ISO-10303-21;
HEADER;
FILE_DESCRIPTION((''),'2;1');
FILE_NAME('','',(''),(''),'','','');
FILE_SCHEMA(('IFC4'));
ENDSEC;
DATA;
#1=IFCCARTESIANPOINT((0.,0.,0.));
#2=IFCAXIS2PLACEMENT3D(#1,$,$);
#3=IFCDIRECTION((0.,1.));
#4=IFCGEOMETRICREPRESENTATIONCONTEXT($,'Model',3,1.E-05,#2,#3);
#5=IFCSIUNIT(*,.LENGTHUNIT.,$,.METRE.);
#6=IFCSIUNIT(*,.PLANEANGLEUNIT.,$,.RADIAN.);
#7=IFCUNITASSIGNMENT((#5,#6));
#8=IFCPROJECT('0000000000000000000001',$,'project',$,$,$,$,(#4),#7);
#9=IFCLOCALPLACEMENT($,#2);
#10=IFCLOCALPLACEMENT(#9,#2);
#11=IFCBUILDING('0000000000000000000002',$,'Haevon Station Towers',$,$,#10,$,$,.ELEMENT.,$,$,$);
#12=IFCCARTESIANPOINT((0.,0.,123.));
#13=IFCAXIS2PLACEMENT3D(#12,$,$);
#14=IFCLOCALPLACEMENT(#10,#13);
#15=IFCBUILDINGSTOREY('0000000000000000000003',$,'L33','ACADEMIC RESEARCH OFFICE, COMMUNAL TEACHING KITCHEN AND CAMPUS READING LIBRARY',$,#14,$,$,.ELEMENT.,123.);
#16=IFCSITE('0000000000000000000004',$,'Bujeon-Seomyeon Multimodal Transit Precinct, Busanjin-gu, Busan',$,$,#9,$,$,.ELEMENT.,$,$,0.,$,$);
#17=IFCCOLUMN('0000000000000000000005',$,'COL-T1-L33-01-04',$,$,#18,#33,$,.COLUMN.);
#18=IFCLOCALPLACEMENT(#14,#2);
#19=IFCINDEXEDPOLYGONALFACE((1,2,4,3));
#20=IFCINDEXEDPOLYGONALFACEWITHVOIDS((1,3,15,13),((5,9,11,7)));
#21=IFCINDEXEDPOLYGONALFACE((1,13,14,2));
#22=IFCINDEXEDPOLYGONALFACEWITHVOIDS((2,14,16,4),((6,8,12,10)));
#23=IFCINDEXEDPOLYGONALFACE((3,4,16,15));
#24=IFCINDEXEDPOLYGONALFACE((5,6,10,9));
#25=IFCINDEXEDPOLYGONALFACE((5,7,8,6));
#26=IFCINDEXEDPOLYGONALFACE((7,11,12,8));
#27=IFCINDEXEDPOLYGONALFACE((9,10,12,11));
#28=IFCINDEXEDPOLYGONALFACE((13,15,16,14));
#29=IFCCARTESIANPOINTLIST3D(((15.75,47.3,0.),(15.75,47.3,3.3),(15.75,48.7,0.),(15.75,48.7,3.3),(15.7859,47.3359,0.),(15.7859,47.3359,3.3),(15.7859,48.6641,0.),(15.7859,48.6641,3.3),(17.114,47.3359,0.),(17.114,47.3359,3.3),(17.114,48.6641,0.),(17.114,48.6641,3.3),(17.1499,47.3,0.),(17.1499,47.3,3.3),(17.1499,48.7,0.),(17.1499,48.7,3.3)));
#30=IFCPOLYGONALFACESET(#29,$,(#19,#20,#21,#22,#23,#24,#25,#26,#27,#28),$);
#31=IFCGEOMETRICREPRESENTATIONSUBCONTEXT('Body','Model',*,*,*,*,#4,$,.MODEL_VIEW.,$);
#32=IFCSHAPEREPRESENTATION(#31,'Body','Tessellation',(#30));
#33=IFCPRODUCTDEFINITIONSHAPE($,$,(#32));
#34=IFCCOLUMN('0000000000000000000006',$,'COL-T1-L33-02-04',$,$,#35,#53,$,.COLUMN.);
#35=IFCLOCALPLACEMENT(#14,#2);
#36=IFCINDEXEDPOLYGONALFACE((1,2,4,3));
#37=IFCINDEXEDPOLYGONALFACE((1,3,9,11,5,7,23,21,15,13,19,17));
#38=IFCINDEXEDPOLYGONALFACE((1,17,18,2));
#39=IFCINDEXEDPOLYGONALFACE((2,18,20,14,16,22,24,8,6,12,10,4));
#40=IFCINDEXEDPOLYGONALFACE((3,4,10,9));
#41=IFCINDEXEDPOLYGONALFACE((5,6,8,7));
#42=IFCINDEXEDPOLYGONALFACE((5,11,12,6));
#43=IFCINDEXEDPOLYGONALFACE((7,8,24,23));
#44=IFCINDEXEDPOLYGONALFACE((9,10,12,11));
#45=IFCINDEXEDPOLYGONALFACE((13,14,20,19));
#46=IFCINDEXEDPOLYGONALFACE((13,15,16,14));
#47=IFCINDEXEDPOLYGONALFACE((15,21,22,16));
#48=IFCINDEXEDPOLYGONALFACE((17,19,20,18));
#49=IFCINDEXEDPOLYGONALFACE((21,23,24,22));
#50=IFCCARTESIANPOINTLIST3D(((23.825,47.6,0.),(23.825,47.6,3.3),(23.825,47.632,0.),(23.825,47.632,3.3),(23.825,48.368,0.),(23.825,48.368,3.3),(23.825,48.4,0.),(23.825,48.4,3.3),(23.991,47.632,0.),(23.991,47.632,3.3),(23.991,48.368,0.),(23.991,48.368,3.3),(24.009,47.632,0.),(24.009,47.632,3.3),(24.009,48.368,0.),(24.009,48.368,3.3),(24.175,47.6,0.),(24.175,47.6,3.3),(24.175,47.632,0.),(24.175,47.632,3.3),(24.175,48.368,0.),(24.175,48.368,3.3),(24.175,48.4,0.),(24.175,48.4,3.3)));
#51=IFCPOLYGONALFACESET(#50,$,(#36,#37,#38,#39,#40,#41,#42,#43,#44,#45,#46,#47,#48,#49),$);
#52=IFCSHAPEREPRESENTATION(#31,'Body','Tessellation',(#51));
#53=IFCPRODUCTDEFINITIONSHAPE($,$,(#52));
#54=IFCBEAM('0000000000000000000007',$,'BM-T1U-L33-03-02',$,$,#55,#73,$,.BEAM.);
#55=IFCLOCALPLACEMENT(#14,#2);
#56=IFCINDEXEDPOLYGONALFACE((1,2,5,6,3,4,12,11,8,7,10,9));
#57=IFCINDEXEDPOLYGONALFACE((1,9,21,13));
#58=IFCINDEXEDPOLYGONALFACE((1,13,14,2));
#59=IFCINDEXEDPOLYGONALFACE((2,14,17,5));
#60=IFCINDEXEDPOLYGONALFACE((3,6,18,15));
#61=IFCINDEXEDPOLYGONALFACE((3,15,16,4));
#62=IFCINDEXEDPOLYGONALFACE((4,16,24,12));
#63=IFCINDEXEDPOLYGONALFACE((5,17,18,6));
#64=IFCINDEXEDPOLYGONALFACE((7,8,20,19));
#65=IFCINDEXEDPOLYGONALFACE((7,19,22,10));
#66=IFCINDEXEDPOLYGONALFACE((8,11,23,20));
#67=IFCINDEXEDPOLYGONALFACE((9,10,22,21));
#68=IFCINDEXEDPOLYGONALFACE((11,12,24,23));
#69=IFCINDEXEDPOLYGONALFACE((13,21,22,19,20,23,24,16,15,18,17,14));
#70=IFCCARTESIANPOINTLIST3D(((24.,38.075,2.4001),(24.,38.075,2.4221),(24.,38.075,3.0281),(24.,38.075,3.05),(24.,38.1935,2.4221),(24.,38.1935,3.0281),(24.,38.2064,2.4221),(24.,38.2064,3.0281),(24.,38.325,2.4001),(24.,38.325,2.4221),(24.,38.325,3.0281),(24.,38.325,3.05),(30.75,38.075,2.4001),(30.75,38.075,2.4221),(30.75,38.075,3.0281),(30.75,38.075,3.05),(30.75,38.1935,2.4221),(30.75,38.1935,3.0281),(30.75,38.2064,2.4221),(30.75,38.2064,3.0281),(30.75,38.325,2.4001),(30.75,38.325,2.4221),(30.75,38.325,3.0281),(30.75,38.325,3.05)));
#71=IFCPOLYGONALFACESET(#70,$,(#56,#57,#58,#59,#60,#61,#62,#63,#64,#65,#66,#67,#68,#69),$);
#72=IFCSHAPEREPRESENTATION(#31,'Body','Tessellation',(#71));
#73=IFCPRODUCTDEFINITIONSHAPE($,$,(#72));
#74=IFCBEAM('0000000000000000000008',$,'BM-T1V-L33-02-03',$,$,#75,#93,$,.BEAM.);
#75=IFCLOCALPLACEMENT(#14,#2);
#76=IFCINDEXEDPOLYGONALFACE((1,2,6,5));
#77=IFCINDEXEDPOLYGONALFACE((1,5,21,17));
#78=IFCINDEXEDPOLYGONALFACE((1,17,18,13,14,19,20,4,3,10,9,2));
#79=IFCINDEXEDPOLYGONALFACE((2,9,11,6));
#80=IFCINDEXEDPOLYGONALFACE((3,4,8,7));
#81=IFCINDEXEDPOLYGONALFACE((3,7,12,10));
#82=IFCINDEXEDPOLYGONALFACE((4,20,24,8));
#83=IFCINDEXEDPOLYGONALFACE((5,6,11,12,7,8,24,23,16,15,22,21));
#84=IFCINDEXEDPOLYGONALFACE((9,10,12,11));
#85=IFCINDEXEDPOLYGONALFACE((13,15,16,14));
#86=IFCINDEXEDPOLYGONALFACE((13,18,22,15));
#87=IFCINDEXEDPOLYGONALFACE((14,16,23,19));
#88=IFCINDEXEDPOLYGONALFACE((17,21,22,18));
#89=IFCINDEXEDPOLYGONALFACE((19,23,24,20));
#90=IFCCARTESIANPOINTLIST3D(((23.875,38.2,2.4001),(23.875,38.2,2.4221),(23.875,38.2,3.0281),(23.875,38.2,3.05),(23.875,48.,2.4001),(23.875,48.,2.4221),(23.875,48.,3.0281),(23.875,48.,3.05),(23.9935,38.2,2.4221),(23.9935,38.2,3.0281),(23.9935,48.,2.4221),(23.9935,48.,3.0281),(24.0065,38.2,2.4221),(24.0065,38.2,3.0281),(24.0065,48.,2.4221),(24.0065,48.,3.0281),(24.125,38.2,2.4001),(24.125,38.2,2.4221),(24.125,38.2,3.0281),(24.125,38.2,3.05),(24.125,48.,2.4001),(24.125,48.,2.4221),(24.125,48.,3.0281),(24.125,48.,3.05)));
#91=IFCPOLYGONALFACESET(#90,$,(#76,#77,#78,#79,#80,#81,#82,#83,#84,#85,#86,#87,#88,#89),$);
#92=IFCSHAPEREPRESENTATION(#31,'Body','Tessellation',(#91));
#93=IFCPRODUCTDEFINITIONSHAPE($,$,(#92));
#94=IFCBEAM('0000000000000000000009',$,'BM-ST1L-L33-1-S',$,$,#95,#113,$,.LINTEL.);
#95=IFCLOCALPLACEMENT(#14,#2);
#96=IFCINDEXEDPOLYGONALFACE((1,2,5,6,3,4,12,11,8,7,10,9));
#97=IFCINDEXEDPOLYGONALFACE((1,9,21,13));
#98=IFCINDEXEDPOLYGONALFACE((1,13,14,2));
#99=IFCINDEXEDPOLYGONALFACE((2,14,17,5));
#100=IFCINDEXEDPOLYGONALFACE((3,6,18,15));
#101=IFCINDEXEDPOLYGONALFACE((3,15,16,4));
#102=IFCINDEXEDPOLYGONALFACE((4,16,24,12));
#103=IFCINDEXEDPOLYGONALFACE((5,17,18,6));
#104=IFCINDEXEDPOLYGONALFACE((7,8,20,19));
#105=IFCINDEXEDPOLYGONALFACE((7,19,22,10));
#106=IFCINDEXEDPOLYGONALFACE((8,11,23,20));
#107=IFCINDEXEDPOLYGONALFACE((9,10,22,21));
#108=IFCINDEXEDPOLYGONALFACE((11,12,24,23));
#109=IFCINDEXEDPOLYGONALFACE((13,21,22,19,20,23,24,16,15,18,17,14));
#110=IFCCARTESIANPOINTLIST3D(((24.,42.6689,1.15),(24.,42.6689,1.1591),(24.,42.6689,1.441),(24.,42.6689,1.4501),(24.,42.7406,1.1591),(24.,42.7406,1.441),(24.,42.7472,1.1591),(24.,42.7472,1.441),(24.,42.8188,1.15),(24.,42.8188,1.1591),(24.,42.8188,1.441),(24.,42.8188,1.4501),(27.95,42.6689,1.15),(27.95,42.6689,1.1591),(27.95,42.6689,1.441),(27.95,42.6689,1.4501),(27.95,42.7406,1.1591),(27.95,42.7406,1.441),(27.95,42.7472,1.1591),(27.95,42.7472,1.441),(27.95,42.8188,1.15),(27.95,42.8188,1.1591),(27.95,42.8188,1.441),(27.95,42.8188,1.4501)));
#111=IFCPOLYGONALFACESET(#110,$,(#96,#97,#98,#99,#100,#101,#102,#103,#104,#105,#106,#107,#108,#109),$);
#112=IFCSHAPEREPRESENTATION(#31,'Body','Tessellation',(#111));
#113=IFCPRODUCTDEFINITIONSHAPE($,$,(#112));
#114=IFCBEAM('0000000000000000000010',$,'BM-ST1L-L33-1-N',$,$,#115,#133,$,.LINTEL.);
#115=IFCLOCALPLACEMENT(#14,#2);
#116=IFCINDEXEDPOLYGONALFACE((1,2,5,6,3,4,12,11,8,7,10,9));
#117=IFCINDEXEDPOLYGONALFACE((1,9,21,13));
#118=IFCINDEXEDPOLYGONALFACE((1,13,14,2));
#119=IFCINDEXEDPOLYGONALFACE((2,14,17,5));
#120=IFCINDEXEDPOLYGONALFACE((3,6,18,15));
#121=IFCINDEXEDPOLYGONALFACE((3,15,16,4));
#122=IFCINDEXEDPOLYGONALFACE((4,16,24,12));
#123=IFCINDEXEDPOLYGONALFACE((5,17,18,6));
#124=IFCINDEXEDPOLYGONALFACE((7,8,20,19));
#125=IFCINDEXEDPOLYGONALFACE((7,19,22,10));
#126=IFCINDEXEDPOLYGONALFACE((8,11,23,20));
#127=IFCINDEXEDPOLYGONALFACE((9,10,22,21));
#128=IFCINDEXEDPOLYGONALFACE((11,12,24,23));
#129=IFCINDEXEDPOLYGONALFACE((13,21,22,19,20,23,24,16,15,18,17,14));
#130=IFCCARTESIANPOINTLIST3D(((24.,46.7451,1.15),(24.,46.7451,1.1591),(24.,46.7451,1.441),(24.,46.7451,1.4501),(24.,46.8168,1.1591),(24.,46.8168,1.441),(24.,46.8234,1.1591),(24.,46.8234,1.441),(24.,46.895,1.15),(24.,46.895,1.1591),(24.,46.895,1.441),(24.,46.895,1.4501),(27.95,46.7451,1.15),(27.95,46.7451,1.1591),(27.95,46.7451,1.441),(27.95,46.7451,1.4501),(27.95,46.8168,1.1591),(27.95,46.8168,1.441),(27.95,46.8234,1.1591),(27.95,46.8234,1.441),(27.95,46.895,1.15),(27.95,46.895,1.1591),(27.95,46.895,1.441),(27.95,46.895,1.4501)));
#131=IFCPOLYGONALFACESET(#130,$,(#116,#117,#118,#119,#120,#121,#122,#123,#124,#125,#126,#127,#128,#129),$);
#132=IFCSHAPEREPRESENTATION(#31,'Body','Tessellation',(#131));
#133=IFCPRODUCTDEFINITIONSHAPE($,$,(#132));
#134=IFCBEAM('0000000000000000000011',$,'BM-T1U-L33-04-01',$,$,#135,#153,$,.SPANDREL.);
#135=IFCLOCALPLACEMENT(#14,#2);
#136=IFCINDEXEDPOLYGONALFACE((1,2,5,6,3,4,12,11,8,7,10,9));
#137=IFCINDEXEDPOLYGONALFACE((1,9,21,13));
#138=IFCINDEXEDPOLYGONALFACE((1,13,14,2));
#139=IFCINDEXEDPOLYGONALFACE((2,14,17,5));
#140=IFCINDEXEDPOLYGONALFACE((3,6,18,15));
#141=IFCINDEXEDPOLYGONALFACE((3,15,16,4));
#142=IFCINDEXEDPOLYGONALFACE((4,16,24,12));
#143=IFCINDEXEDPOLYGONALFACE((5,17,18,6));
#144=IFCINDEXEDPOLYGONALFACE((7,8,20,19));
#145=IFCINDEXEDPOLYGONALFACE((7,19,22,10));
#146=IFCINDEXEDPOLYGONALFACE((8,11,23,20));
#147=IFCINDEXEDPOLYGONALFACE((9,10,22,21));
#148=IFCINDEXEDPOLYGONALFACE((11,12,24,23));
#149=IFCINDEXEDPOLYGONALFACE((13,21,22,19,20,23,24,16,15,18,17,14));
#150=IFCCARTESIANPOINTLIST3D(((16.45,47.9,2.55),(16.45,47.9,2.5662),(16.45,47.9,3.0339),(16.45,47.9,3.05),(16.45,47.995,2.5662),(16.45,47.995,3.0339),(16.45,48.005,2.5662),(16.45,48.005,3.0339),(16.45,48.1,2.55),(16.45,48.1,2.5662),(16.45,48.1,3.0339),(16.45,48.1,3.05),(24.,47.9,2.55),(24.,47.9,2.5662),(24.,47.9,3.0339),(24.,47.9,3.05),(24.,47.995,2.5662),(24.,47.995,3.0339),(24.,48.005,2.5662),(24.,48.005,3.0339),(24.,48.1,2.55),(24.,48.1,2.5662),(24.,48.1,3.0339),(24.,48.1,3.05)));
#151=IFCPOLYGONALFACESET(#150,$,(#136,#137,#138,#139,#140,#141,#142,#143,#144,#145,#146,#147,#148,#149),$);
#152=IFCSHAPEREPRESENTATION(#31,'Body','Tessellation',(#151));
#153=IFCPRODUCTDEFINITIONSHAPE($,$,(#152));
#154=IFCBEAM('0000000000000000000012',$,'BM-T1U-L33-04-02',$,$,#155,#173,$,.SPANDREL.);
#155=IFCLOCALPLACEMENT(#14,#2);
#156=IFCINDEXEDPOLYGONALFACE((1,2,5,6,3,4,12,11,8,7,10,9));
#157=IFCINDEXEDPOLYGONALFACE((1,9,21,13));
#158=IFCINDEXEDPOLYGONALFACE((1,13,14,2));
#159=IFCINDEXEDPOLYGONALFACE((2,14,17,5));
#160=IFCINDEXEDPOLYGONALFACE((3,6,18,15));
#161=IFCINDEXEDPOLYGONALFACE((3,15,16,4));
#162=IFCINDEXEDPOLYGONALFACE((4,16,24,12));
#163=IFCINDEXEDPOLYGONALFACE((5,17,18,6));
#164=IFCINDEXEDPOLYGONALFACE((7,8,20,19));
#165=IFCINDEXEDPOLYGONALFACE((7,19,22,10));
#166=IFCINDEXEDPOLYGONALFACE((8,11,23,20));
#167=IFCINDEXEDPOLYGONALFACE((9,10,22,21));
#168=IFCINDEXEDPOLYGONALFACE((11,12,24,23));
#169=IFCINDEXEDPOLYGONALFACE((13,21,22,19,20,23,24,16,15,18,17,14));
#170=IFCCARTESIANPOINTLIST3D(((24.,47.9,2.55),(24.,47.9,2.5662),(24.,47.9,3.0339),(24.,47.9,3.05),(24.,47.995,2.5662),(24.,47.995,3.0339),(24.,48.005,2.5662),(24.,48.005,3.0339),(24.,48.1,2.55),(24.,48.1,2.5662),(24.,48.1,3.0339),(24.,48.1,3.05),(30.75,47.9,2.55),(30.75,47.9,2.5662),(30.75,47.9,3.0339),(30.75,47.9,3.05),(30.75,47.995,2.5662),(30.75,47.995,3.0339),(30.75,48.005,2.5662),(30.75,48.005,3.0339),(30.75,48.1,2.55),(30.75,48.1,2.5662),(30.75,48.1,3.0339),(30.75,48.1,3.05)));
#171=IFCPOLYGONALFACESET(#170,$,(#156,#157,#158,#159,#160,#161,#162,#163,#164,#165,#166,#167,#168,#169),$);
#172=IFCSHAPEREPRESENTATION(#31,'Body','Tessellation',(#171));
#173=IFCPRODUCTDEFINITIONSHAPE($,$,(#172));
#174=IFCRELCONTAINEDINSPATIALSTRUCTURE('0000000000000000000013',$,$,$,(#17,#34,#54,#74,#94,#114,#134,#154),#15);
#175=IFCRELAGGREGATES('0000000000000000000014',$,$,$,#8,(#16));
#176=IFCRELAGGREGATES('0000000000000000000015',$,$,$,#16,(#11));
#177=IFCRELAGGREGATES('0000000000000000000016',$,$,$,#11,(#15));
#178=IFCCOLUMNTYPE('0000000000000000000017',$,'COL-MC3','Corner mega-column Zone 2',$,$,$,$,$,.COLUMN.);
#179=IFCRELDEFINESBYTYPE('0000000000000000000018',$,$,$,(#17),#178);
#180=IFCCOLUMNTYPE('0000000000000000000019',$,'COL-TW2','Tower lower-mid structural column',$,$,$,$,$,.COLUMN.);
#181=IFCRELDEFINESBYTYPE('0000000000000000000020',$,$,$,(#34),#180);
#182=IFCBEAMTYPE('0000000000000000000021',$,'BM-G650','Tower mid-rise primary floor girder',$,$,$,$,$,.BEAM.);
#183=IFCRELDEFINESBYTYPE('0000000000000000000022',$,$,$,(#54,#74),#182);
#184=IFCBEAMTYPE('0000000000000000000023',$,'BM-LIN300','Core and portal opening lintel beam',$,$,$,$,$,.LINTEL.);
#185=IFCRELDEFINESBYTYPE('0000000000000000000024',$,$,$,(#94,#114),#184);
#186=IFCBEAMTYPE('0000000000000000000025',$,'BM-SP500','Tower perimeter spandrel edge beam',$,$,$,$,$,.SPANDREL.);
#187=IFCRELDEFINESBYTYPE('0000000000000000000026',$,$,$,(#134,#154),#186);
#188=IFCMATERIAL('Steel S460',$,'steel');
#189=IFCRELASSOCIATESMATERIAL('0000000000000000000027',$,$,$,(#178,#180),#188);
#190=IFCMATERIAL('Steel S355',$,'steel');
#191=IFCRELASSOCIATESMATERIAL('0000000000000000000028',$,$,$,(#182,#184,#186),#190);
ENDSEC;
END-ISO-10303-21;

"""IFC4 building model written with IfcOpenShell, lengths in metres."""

from ifc_helpers import new_model, si_unit, direction, frame, origin, origin_2d, place, context, subcontext, project, spatial, hollow_rectangle, i_section, extrude, material, material_profile, profile_set, type_object, element, save


model = new_model("IFC4")

# Units and contexts
model_context = context("Model", 3, precision=1e-05, world=origin(), true_north=direction((0.0, 1.0)))
body_context = subcontext(model_context, "Body", "Model", "MODEL_VIEW")
ifc_project = project(units=[si_unit("LENGTHUNIT", "METRE"), si_unit("PLANEANGLEUNIT", "RADIAN")], contexts=[model_context])

# Site, building, storey
site_placement = place(None, origin())
site = spatial("IfcSite", under=ifc_project, at=site_placement, Name="Bujeon-Seomyeon Multimodal Transit Precinct, Busanjin-gu, Busan", CompositionType="ELEMENT", RefElevation=0.0)
building_placement = place(site_placement, origin())
building = spatial("IfcBuilding", under=site, at=building_placement, Name="Haevon Station Towers", CompositionType="ELEMENT")
storey_placement = place(building_placement, frame((0.0, 0.0, 123.0)))
storey = spatial("IfcBuildingStorey", under=building, at=storey_placement, Name="L33", Description="ACADEMIC RESEARCH OFFICE, COMMUNAL TEACHING KITCHEN AND CAMPUS READING LIBRARY", CompositionType="ELEMENT", Elevation=123.0)

# Columns
ifc_material_1 = material(Name="Steel S460", Category="steel")
ifc_material_profile_1 = material_profile(ifc_material_1, hollow_rectangle(XDim=1.3999, YDim=1.3999, WallThickness=0.0359, at=origin_2d()), Name="BOX-1400x1400x36")
ifc_profile_set_1 = profile_set([ifc_material_profile_1], Name="Steel S460")
column_type_1 = type_object("IfcColumnType", Name="COL-MC3", Description="Corner mega-column Zone 2", PredefinedType="COLUMN", material=ifc_profile_set_1)
column_1_placement = place(storey_placement, frame((16.45, 48.0, 0.0), z_axis=(0.0, 0.0, 1.0), x_axis=(1.0, 0.0, 0.0)))
element("IfcColumn", 1, at=column_1_placement, inside=storey, type_object=column_type_1, Name="COL-T1-L33-01-04", PredefinedType="COLUMN", context=body_context, shape_type="SweptSolid", body=[
    extrude(hollow_rectangle(XDim=1.3999, YDim=1.3999, WallThickness=0.0359, at=origin_2d()), origin(), (0.0, 0.0, 1.0), 3.3),
])
ifc_material_profile_2 = material_profile(ifc_material_1, i_section(OverallWidth=0.3501, OverallDepth=0.8, WebThickness=0.0181, FlangeThickness=0.032, at=origin_2d()), Name="H-800x350x18x32")
ifc_profile_set_2 = profile_set([ifc_material_profile_2], Name="Steel S460")
column_type_2 = type_object("IfcColumnType", Name="COL-TW2", Description="Tower lower-mid structural column", PredefinedType="COLUMN", material=ifc_profile_set_2)
column_2_placement = place(storey_placement, frame((24.0, 48.0, 0.0), z_axis=(0.0, 0.0, 1.0), x_axis=(1.0, 0.0, 0.0)))
element("IfcColumn", 2, at=column_2_placement, inside=storey, type_object=column_type_2, Name="COL-T1-L33-02-04", PredefinedType="COLUMN", context=body_context, shape_type="SweptSolid", body=[
    extrude(i_section(OverallWidth=0.3501, OverallDepth=0.8, WebThickness=0.0181, FlangeThickness=0.032, at=origin_2d()), origin(), (0.0, 0.0, 1.0), 3.3),
])

# Beams
ifc_material_2 = material(Name="Steel S355", Category="steel")
ifc_material_profile_3 = material_profile(ifc_material_2, i_section(OverallWidth=0.25, OverallDepth=0.6499, WebThickness=0.0129, FlangeThickness=0.022, at=origin_2d()), Name="H-650x250x13x22")
ifc_profile_set_3 = profile_set([ifc_material_profile_3], Name="Steel S355")
beam_type_1 = type_object("IfcBeamType", Name="BM-G650", Description="Tower mid-rise primary floor girder", PredefinedType="BEAM", material=ifc_profile_set_3)
beam_1_placement = place(storey_placement, frame((24.0, 38.2, 2.7251), z_axis=(1.0, 0.0, 0.0), x_axis=(0.0, 1.0, 0.0)))
element("IfcBeam", 3, at=beam_1_placement, inside=storey, type_object=beam_type_1, Name="BM-T1U-L33-03-02", PredefinedType="BEAM", context=body_context, shape_type="SweptSolid", body=[
    extrude(i_section(OverallWidth=0.25, OverallDepth=0.6499, WebThickness=0.0129, FlangeThickness=0.022, at=origin_2d()), origin(), (0.0, 0.0, 1.0), 6.75),
])
beam_2_placement = place(storey_placement, frame((24.0, 38.2, 2.7251), z_axis=(0.0, 1.0, 0.0), x_axis=(-1.0, 0.0, 0.0)))
element("IfcBeam", 4, at=beam_2_placement, inside=storey, type_object=beam_type_1, Name="BM-T1V-L33-02-03", PredefinedType="BEAM", context=body_context, shape_type="SweptSolid", body=[
    extrude(i_section(OverallWidth=0.25, OverallDepth=0.6499, WebThickness=0.0129, FlangeThickness=0.022, at=origin_2d()), origin(), (0.0, 0.0, 1.0), 9.8),
])
ifc_material_profile_4 = material_profile(ifc_material_2, i_section(OverallWidth=0.1499, OverallDepth=0.3, WebThickness=0.0066, FlangeThickness=0.009, at=origin_2d()), Name="H-300x150x6.5x9")
ifc_profile_set_4 = profile_set([ifc_material_profile_4], Name="Steel S355")
beam_type_2 = type_object("IfcBeamType", Name="BM-LIN300", Description="Core and portal opening lintel beam", PredefinedType="LINTEL", material=ifc_profile_set_4)
for number, where, z_axis, x_axis, name in (
    (5, (24.0, 42.7439, 1.3), (1.0, 0.0, 0.0), (0.0, 1.0, 0.0), "BM-ST1L-L33-1-S"),
    (6, (24.0, 46.8201, 1.3), (1.0, 0.0, 0.0), (0.0, 1.0, 0.0), "BM-ST1L-L33-1-N"),
):
    element("IfcBeam", number, at=place(storey_placement, frame(where, z_axis=z_axis, x_axis=x_axis)), inside=storey, type_object=beam_type_2, Name=name, PredefinedType="LINTEL", context=body_context, shape_type="SweptSolid", body=[
        extrude(i_section(OverallWidth=0.1499, OverallDepth=0.3, WebThickness=0.0066, FlangeThickness=0.009, at=origin_2d()), origin(), (0.0, 0.0, 1.0), 3.95),
    ])
ifc_material_profile_5 = material_profile(ifc_material_2, i_section(OverallWidth=0.2, OverallDepth=0.5, WebThickness=0.01, FlangeThickness=0.0161, at=origin_2d()), Name="H-500x200x10x16")
ifc_profile_set_5 = profile_set([ifc_material_profile_5], Name="Steel S355")
beam_type_3 = type_object("IfcBeamType", Name="BM-SP500", Description="Tower perimeter spandrel edge beam", PredefinedType="SPANDREL", material=ifc_profile_set_5)
beam_3_placement = place(storey_placement, frame((16.45, 48.0, 2.8), z_axis=(1.0, 0.0, 0.0), x_axis=(0.0, 1.0, 0.0)))
element("IfcBeam", 7, at=beam_3_placement, inside=storey, type_object=beam_type_3, Name="BM-T1U-L33-04-01", PredefinedType="SPANDREL", context=body_context, shape_type="SweptSolid", body=[
    extrude(i_section(OverallWidth=0.2, OverallDepth=0.5, WebThickness=0.01, FlangeThickness=0.0161, at=origin_2d()), origin(), (0.0, 0.0, 1.0), 7.55),
])
beam_4_placement = place(storey_placement, frame((24.0, 48.0, 2.8), z_axis=(1.0, 0.0, 0.0), x_axis=(0.0, 1.0, 0.0)))
element("IfcBeam", 8, at=beam_4_placement, inside=storey, type_object=beam_type_3, Name="BM-T1U-L33-04-02", PredefinedType="SPANDREL", context=body_context, shape_type="SweptSolid", body=[
    extrude(i_section(OverallWidth=0.2, OverallDepth=0.5, WebThickness=0.01, FlangeThickness=0.0161, at=origin_2d()), origin(), (0.0, 0.0, 1.0), 6.75),
])

save(model, "model.ifc")
